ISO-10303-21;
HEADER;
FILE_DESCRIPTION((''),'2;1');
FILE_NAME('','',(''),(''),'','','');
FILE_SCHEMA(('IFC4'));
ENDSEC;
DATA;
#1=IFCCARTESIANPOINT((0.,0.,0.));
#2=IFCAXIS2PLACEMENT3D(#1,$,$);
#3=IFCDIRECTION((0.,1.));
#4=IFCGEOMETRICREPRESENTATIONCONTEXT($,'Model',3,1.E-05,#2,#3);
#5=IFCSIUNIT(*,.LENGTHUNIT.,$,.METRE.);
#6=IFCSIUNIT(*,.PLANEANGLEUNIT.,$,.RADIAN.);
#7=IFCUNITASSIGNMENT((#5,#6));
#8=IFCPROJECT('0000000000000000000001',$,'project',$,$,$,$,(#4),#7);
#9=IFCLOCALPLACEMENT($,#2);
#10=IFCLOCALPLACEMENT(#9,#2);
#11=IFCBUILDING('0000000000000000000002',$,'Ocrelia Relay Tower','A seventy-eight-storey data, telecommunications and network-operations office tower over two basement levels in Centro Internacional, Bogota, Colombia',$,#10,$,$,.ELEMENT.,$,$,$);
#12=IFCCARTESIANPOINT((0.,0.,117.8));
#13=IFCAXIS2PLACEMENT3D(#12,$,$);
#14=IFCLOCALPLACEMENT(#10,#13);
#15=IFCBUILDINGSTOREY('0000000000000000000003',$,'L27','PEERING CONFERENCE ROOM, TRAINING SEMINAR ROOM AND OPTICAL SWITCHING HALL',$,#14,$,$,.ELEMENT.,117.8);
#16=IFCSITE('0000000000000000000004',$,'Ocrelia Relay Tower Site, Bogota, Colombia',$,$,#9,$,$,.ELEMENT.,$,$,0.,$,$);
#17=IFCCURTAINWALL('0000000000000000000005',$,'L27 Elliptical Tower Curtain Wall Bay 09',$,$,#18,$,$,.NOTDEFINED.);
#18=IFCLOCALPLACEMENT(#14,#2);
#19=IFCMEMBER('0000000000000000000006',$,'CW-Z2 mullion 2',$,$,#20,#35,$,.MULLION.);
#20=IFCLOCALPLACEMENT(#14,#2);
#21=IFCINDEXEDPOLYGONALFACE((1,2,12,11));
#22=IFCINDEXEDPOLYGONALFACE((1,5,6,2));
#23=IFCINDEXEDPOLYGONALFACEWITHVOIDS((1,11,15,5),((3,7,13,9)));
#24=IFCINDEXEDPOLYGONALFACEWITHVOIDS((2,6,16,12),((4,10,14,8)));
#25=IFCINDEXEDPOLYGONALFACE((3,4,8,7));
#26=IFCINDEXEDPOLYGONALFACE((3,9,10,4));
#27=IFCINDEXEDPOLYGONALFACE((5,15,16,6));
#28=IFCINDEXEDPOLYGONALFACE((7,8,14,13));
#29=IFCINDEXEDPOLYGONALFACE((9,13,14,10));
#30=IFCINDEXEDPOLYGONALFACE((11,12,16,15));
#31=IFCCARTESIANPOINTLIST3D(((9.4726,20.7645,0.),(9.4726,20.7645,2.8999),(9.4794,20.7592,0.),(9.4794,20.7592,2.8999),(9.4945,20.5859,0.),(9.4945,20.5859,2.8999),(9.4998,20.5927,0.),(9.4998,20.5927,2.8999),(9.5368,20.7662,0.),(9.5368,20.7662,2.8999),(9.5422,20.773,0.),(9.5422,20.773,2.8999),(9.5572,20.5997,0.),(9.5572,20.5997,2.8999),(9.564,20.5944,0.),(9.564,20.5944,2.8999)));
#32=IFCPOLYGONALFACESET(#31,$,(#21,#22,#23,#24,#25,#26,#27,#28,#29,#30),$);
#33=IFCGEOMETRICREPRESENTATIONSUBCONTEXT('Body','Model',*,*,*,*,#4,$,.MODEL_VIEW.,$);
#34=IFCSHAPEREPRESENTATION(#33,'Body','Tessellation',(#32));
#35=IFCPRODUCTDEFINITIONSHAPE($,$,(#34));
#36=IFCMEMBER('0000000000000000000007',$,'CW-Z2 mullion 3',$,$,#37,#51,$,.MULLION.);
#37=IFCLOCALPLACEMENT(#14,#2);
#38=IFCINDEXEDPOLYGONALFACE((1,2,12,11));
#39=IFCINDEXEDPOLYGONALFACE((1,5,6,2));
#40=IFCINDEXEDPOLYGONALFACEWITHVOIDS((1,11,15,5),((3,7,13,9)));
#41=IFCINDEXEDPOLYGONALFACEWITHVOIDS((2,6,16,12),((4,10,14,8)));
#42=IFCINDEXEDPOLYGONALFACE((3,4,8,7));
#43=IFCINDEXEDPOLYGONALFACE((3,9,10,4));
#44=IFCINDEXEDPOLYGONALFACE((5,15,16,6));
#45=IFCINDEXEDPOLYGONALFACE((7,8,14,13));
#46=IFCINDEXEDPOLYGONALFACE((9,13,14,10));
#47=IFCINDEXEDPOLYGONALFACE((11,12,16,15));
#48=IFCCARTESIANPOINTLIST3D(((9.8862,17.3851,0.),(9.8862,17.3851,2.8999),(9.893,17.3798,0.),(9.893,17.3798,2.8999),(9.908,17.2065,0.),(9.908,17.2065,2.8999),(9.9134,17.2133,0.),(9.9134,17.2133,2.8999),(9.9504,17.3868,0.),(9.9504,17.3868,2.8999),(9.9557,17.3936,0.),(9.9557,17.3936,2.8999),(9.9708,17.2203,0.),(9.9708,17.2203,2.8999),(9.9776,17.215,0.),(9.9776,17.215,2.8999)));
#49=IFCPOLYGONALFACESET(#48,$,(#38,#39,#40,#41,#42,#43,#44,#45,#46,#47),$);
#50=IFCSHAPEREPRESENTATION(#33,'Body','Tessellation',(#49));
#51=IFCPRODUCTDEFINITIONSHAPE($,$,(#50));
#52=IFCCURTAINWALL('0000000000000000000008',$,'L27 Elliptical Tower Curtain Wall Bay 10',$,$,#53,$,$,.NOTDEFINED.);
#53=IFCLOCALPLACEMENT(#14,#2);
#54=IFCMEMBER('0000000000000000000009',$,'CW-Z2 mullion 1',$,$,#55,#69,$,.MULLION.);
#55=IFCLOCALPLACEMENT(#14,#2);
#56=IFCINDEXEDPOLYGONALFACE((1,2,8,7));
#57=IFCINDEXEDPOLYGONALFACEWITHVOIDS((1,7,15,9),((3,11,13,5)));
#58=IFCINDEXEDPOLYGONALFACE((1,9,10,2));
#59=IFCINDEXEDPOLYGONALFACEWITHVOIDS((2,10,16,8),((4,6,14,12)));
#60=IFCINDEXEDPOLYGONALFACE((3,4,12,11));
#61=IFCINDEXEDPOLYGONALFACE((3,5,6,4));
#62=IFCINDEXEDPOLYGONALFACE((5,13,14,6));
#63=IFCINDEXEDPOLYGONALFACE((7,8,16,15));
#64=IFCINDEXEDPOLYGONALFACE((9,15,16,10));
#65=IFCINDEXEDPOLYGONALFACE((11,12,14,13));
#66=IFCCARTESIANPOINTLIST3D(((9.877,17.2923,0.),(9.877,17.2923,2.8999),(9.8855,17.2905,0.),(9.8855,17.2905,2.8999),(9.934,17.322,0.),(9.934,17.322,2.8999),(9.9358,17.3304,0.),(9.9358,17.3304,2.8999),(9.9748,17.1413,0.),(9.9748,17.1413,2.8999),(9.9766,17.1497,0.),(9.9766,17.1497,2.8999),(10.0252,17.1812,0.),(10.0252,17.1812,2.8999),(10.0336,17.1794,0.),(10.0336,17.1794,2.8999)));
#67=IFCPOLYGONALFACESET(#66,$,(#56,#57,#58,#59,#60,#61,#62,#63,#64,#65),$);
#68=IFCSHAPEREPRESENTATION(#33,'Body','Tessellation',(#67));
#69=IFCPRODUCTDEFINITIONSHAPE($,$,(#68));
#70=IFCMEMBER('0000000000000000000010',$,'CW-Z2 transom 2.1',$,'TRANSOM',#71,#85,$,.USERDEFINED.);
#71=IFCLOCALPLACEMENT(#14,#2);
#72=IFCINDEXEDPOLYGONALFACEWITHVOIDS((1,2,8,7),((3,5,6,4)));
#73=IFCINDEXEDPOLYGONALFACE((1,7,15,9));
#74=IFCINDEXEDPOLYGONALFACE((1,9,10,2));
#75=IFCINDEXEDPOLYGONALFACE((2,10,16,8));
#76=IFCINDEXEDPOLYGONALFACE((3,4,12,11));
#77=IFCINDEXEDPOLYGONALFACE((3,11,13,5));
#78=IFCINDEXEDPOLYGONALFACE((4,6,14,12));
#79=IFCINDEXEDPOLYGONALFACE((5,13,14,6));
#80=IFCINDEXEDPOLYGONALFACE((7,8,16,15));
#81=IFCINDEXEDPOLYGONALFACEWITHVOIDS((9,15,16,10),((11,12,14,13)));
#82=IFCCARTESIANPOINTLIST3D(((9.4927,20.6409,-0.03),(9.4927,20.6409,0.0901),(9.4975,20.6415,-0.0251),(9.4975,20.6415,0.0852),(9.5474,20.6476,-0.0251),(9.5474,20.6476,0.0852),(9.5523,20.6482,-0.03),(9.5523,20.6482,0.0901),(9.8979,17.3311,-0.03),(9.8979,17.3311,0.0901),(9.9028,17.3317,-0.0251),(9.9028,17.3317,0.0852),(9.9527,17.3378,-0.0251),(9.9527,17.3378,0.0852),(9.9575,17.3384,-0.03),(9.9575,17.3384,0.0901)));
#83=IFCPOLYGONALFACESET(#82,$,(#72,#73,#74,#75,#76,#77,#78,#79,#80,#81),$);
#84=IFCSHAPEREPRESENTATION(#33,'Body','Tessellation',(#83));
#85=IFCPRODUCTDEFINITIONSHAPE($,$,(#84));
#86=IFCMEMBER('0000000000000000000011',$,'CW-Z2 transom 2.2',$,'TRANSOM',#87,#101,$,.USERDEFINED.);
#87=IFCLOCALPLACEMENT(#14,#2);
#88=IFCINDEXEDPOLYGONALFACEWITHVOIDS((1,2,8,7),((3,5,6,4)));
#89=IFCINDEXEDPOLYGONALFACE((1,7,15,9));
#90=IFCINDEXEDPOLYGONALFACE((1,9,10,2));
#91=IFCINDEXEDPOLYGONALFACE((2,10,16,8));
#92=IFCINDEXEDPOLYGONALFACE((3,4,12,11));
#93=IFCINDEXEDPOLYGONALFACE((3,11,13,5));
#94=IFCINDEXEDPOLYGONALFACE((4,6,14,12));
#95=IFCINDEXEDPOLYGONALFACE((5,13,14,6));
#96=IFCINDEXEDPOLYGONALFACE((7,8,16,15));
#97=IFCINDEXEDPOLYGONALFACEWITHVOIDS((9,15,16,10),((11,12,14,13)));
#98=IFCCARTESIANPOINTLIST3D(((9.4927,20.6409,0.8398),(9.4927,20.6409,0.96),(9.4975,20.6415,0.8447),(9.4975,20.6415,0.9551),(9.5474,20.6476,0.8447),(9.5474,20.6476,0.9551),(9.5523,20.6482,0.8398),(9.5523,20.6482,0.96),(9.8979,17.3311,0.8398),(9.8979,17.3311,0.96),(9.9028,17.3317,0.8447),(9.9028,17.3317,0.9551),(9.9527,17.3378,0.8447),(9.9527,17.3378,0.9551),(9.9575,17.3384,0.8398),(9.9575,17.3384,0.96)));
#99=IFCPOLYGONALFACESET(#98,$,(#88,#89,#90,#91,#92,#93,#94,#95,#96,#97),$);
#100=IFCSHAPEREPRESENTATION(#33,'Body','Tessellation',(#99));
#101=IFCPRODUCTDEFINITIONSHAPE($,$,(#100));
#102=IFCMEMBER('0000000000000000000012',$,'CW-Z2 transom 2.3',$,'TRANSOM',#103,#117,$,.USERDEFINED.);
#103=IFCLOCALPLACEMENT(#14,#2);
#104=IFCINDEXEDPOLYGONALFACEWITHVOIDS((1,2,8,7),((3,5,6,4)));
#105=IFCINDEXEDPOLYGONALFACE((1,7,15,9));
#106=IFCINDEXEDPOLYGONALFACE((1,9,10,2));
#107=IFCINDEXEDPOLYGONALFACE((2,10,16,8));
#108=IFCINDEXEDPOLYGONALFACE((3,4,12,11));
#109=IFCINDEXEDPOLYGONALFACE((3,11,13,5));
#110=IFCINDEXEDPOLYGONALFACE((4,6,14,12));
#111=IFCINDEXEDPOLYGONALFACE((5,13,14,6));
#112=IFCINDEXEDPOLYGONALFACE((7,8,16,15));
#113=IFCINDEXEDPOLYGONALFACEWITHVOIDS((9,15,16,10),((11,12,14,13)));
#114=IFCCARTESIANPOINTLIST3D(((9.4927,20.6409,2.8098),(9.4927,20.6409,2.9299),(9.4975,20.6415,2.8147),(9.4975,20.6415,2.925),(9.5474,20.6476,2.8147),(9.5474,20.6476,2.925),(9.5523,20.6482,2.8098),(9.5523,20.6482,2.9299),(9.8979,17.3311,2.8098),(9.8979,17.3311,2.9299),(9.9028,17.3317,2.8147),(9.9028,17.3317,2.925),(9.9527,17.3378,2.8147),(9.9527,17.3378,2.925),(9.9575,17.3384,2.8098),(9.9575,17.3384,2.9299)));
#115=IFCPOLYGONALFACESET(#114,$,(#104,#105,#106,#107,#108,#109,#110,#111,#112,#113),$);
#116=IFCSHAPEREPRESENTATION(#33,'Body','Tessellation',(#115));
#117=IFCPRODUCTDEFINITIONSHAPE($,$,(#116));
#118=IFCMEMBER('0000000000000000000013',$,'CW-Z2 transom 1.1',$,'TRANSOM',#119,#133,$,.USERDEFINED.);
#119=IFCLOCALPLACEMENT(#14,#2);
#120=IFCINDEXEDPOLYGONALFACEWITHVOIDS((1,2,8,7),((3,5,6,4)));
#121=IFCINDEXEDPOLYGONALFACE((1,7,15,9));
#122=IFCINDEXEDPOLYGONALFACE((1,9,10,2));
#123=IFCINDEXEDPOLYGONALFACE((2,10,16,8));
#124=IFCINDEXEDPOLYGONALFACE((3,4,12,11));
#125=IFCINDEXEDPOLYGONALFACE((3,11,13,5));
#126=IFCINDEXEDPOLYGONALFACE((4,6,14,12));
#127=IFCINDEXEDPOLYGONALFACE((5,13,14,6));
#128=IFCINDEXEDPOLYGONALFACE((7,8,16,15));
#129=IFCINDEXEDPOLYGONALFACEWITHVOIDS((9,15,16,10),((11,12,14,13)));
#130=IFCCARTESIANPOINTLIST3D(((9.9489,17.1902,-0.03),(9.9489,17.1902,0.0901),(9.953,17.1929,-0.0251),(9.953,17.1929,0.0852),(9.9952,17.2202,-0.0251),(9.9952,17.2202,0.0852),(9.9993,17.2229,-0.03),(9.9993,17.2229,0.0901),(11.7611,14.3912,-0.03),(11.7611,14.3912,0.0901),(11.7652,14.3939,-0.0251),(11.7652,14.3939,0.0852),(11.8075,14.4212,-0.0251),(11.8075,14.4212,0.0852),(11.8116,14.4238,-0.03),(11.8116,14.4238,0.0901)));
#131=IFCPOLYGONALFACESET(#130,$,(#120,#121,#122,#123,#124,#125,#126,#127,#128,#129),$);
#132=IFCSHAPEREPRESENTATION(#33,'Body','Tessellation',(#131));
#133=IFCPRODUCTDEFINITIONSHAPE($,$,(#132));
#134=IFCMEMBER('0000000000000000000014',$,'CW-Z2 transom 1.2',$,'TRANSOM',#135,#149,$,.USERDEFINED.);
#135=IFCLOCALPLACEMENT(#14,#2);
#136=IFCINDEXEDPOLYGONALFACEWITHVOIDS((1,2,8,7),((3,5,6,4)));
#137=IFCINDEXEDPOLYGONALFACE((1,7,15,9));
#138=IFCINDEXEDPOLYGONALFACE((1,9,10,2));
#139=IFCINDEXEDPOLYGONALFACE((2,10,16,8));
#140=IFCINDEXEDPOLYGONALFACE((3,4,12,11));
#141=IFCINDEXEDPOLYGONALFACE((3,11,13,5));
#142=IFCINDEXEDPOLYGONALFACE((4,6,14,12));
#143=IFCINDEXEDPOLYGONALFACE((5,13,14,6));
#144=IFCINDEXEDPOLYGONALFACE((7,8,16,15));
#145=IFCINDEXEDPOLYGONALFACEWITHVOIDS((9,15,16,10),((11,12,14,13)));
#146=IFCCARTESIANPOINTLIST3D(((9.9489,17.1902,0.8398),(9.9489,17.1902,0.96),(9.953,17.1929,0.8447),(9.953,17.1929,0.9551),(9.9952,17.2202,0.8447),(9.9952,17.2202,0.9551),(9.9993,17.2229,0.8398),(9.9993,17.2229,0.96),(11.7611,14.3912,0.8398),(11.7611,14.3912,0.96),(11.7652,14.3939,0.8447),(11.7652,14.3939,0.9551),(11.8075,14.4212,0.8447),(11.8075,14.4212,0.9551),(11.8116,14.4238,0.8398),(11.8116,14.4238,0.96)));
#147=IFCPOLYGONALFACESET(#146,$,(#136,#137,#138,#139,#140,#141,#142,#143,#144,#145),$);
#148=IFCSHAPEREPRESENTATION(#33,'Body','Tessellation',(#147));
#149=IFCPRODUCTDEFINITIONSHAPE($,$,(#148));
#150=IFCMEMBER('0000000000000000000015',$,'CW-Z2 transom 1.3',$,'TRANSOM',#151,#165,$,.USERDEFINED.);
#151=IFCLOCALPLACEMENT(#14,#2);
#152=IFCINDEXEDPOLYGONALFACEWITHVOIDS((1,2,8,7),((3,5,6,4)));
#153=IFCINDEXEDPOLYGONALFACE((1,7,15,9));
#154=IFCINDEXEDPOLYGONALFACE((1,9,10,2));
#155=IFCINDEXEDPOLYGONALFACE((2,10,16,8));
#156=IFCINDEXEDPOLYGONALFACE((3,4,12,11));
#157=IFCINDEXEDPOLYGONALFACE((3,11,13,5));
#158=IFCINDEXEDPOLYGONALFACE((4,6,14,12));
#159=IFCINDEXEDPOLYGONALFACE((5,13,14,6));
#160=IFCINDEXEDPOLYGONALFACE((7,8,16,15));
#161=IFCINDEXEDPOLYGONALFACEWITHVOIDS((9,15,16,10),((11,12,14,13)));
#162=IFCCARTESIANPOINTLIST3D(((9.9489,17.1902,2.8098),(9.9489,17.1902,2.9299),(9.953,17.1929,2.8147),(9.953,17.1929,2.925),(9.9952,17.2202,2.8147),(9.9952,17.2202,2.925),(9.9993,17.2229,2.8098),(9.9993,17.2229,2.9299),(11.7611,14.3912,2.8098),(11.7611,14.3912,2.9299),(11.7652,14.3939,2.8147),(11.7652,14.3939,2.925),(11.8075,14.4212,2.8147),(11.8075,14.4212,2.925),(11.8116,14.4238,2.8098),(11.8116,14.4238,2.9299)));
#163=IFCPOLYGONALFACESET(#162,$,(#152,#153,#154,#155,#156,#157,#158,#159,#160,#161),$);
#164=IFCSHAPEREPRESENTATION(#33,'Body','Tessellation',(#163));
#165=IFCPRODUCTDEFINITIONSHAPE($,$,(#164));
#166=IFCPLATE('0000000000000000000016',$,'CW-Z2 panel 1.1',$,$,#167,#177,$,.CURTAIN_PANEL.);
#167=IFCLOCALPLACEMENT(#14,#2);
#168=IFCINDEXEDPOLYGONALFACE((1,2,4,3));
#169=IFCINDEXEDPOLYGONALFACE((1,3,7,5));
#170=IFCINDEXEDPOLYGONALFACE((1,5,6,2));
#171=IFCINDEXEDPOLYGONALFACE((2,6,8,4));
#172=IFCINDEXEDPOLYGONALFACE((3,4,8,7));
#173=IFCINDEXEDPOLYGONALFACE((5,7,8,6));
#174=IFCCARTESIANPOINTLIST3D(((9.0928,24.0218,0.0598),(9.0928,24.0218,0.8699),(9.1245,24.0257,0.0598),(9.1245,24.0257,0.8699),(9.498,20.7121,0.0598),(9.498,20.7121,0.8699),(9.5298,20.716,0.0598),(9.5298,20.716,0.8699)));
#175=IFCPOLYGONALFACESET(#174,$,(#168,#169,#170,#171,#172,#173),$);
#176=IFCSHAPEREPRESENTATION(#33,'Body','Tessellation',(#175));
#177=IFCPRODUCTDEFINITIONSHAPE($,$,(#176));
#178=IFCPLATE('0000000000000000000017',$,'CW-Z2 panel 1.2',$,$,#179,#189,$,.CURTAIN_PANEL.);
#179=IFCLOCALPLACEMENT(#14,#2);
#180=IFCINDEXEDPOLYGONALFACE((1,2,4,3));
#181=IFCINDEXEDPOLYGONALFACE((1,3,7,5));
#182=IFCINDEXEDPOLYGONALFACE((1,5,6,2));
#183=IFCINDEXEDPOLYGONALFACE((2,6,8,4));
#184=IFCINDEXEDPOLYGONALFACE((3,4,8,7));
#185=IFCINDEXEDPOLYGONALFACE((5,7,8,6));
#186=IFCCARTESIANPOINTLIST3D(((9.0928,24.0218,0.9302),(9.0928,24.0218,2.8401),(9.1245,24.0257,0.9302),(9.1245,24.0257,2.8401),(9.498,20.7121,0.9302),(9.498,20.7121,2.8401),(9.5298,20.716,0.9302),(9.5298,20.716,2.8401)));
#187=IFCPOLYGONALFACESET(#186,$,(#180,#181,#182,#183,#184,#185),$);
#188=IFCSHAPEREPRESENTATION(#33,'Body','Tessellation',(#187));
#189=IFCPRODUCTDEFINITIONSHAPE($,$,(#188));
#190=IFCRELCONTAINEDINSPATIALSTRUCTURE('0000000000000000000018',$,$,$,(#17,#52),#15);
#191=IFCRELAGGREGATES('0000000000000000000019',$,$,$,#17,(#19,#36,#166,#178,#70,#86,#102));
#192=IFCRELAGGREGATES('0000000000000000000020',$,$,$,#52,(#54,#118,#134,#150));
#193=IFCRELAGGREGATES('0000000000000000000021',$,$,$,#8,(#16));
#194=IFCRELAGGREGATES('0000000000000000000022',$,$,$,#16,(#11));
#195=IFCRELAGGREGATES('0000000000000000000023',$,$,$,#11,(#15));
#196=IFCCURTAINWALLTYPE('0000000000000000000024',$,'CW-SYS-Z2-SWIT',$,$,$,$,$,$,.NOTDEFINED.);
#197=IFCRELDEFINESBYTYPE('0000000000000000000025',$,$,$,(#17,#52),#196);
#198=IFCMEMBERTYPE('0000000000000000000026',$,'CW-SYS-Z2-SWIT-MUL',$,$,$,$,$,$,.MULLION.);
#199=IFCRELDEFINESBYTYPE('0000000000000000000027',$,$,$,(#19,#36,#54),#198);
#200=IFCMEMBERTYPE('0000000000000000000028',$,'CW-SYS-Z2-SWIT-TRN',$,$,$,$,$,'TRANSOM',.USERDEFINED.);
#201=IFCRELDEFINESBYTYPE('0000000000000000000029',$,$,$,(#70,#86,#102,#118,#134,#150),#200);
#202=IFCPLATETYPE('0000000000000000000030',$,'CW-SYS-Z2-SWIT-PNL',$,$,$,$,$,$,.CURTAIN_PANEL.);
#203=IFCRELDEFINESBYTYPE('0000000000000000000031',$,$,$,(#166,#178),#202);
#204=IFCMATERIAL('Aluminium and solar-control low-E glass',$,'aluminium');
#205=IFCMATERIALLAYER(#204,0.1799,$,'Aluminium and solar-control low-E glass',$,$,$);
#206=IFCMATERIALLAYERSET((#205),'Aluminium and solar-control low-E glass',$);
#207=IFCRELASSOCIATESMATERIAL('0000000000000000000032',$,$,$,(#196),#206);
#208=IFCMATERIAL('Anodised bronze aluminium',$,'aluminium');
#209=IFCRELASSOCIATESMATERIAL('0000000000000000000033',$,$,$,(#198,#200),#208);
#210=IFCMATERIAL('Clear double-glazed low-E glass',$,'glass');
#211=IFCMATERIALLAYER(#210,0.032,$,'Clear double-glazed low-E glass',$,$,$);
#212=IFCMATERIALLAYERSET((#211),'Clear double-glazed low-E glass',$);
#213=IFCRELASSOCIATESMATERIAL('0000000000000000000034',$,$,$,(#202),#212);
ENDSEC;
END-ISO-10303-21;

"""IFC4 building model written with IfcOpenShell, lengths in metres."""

from ifc_helpers import new_model, si_unit, direction, frame, origin, origin_2d, place, context, subcontext, project, spatial, rectangle, hollow_rectangle, extrude, material, layer, layer_set, material_profile, profile_set, type_object, element, aggregate, save


model = new_model("IFC4")

# Units and contexts
model_context = context("Model", 3, precision=1e-05, world=origin(), true_north=direction((0.0, 1.0)))
body_context = subcontext(model_context, "Body", "Model", "MODEL_VIEW")
ifc_project = project(units=[si_unit("LENGTHUNIT", "METRE"), si_unit("PLANEANGLEUNIT", "RADIAN")], contexts=[model_context])

# Site, building, storey
site_placement = place(None, origin())
site = spatial("IfcSite", under=ifc_project, at=site_placement, Name="Ocrelia Relay Tower Site, Bogota, Colombia", CompositionType="ELEMENT", RefElevation=0.0)
building_placement = place(site_placement, origin())
building = spatial("IfcBuilding", under=site, at=building_placement, Name="Ocrelia Relay Tower", Description="A seventy-eight-storey data, telecommunications and network-operations office tower over two basement levels in Centro Internacional, Bogota, Colombia", CompositionType="ELEMENT")
storey_placement = place(building_placement, frame((0.0, 0.0, 117.8)))
storey = spatial("IfcBuildingStorey", under=building, at=storey_placement, Name="L27", Description="PEERING CONFERENCE ROOM, TRAINING SEMINAR ROOM AND OPTICAL SWITCHING HALL", CompositionType="ELEMENT", Elevation=117.8)

# Curtain wall, members
ifc_material_1 = material(Name="Aluminium and solar-control low-E glass", Category="aluminium")
ifc_layer_1 = layer(ifc_material_1, 0.1799, Name="Aluminium and solar-control low-E glass")
ifc_layer_set_1 = layer_set([ifc_layer_1], Name="Aluminium and solar-control low-E glass")
curtain_wall_type = type_object("IfcCurtainWallType", Name="CW-SYS-Z2-SWIT", PredefinedType="NOTDEFINED", material=ifc_layer_set_1)
curtain_wall_1_placement = place(storey_placement, origin())
curtain_wall_1 = element("IfcCurtainWall", 1, at=curtain_wall_1_placement, inside=storey, type_object=curtain_wall_type, Name="L27 Elliptical Tower Curtain Wall Bay 09", PredefinedType="NOTDEFINED")
ifc_material_2 = material(Name="Anodised bronze aluminium", Category="aluminium")
ifc_material_profile_1 = material_profile(ifc_material_2, hollow_rectangle(XDim=0.0701, YDim=0.1799, WallThickness=0.0061, at=origin_2d()), Name="CW-MUL-180x70")
ifc_profile_set_1 = profile_set([ifc_material_profile_1], Name="Anodised bronze aluminium")
member_type_1 = type_object("IfcMemberType", Name="CW-SYS-Z2-SWIT-MUL", PredefinedType="MULLION", material=ifc_profile_set_1)
member_1_placement = place(storey_placement, frame((9.5183, 20.6794, 0.0), z_axis=(0.0, 0.0, 1.0), x_axis=(0.992588, 0.121528, 0.0)))
member_1 = element("IfcMember", 2, at=member_1_placement, type_object=member_type_1, Name="CW-Z2 mullion 2", PredefinedType="MULLION", context=body_context, shape_type="SweptSolid", body=[
    extrude(hollow_rectangle(XDim=0.0701, YDim=0.1799, WallThickness=0.0061, at=origin_2d()), origin(), (0.0, 0.0, 1.0), 2.8999),
])
member_2_placement = place(storey_placement, frame((9.9319, 17.3, 0.0), z_axis=(0.0, 0.0, 1.0), x_axis=(0.992588, 0.121528, 0.0)))
member_2 = element("IfcMember", 3, at=member_2_placement, type_object=member_type_1, Name="CW-Z2 mullion 3", PredefinedType="MULLION", context=body_context, shape_type="SweptSolid", body=[
    extrude(hollow_rectangle(XDim=0.0701, YDim=0.1799, WallThickness=0.0061, at=origin_2d()), origin(), (0.0, 0.0, 1.0), 2.8999),
])

# Curtain wall, member
curtain_wall_2_placement = place(storey_placement, origin())
curtain_wall_2 = element("IfcCurtainWall", 4, at=curtain_wall_2_placement, inside=storey, type_object=curtain_wall_type, Name="L27 Elliptical Tower Curtain Wall Bay 10", PredefinedType="NOTDEFINED")
member_3_placement = place(storey_placement, frame((9.9553, 17.2358, 0.0), z_axis=(0.0, 0.0, 1.0), x_axis=(0.839438, 0.543456, 0.0)))
member_3 = element("IfcMember", 5, at=member_3_placement, type_object=member_type_1, Name="CW-Z2 mullion 1", PredefinedType="MULLION", context=body_context, shape_type="SweptSolid", body=[
    extrude(hollow_rectangle(XDim=0.0701, YDim=0.1799, WallThickness=0.0061, at=origin_2d()), origin(), (0.0, 0.0, 1.0), 2.8999),
])

# Members
ifc_material_profile_2 = material_profile(ifc_material_2, hollow_rectangle(XDim=0.0601, YDim=0.1201, WallThickness=0.0049, at=origin_2d()), Name="CW-TRN-120x60")
ifc_profile_set_2 = profile_set([ifc_material_profile_2], Name="Anodised bronze aluminium")
member_type_2 = type_object("IfcMemberType", Name="CW-SYS-Z2-SWIT-TRN", ElementType="TRANSOM", PredefinedType="USERDEFINED", material=ifc_profile_set_2)
member_4_placement = place(storey_placement, frame((9.5225, 20.6445, 0.03), z_axis=(0.121538, -0.992587, 0.0), x_axis=(0.992587, 0.121538, 0.0)))
member_4 = element("IfcMember", 6, at=member_4_placement, type_object=member_type_2, Name="CW-Z2 transom 2.1", ObjectType="TRANSOM", PredefinedType="USERDEFINED", context=body_context, shape_type="SweptSolid", body=[
    extrude(hollow_rectangle(XDim=0.0601, YDim=0.1201, WallThickness=0.0049, at=origin_2d()), origin(), (0.0, 0.0, 1.0), 3.3345),
])
member_5_placement = place(storey_placement, frame((9.5225, 20.6445, 0.8999), z_axis=(0.121538, -0.992587, 0.0), x_axis=(0.992587, 0.121538, 0.0)))
member_5 = element("IfcMember", 7, at=member_5_placement, type_object=member_type_2, Name="CW-Z2 transom 2.2", ObjectType="TRANSOM", PredefinedType="USERDEFINED", context=body_context, shape_type="SweptSolid", body=[
    extrude(hollow_rectangle(XDim=0.0601, YDim=0.1201, WallThickness=0.0049, at=origin_2d()), origin(), (0.0, 0.0, 1.0), 3.3345),
])
member_6_placement = place(storey_placement, frame((9.5225, 20.6445, 2.8699), z_axis=(0.121538, -0.992587, 0.0), x_axis=(0.992587, 0.121538, 0.0)))
member_6 = element("IfcMember", 8, at=member_6_placement, type_object=member_type_2, Name="CW-Z2 transom 2.3", ObjectType="TRANSOM", PredefinedType="USERDEFINED", context=body_context, shape_type="SweptSolid", body=[
    extrude(hollow_rectangle(XDim=0.0601, YDim=0.1201, WallThickness=0.0049, at=origin_2d()), origin(), (0.0, 0.0, 1.0), 3.3345),
])
member_7_placement = place(storey_placement, frame((9.9741, 17.2065, 0.03), z_axis=(0.543482, -0.839421, 0.0), x_axis=(0.839421, 0.543482, 0.0)))
member_7 = element("IfcMember", 9, at=member_7_placement, type_object=member_type_2, Name="CW-Z2 transom 1.1", ObjectType="TRANSOM", PredefinedType="USERDEFINED", context=body_context, shape_type="SweptSolid", body=[
    extrude(hollow_rectangle(XDim=0.0601, YDim=0.1201, WallThickness=0.0049, at=origin_2d()), origin(), (0.0, 0.0, 1.0), 3.3345),
])
member_8_placement = place(storey_placement, frame((9.9741, 17.2065, 0.8999), z_axis=(0.543482, -0.839421, 0.0), x_axis=(0.839421, 0.543482, 0.0)))
member_8 = element("IfcMember", 10, at=member_8_placement, type_object=member_type_2, Name="CW-Z2 transom 1.2", ObjectType="TRANSOM", PredefinedType="USERDEFINED", context=body_context, shape_type="SweptSolid", body=[
    extrude(hollow_rectangle(XDim=0.0601, YDim=0.1201, WallThickness=0.0049, at=origin_2d()), origin(), (0.0, 0.0, 1.0), 3.3345),
])
member_9_placement = place(storey_placement, frame((9.9741, 17.2065, 2.8699), z_axis=(0.543482, -0.839421, 0.0), x_axis=(0.839421, 0.543482, 0.0)))
member_9 = element("IfcMember", 11, at=member_9_placement, type_object=member_type_2, Name="CW-Z2 transom 1.3", ObjectType="TRANSOM", PredefinedType="USERDEFINED", context=body_context, shape_type="SweptSolid", body=[
    extrude(hollow_rectangle(XDim=0.0601, YDim=0.1201, WallThickness=0.0049, at=origin_2d()), origin(), (0.0, 0.0, 1.0), 3.3345),
])

# Plates
ifc_material_3 = material(Name="Clear double-glazed low-E glass", Category="glass")
ifc_layer_2 = layer(ifc_material_3, 0.032, Name="Clear double-glazed low-E glass")
ifc_layer_set_2 = layer_set([ifc_layer_2], Name="Clear double-glazed low-E glass")
plate_type = type_object("IfcPlateType", Name="CW-SYS-Z2-SWIT-PNL", PredefinedType="CURTAIN_PANEL", material=ifc_layer_set_2)
plate_1_placement = place(storey_placement, frame((9.3113, 22.3689, 0.0598), z_axis=(0.0, 0.0, 1.0), x_axis=(0.121528, -0.992588, 0.0)))
plate_1 = element("IfcPlate", 12, at=plate_1_placement, type_object=plate_type, Name="CW-Z2 panel 1.1", PredefinedType="CURTAIN_PANEL", context=body_context, shape_type="SweptSolid", body=[
    extrude(rectangle(XDim=3.3345, YDim=0.032, at=origin_2d()), origin(), (0.0, 0.0, 1.0), 0.8101),
])
plate_2_placement = place(storey_placement, frame((9.3113, 22.3689, 0.9302), z_axis=(0.0, 0.0, 1.0), x_axis=(0.121528, -0.992588, 0.0)))
plate_2 = element("IfcPlate", 13, at=plate_2_placement, type_object=plate_type, Name="CW-Z2 panel 1.2", PredefinedType="CURTAIN_PANEL", context=body_context, shape_type="SweptSolid", body=[
    extrude(rectangle(XDim=3.3345, YDim=0.032, at=origin_2d()), origin(), (0.0, 0.0, 1.0), 1.9099),
])
aggregate(curtain_wall_1, [member_1, member_2, plate_1, plate_2, member_4, member_5, member_6])
aggregate(curtain_wall_2, [member_3, member_7, member_8, member_9])

save(model, "model.ifc")
